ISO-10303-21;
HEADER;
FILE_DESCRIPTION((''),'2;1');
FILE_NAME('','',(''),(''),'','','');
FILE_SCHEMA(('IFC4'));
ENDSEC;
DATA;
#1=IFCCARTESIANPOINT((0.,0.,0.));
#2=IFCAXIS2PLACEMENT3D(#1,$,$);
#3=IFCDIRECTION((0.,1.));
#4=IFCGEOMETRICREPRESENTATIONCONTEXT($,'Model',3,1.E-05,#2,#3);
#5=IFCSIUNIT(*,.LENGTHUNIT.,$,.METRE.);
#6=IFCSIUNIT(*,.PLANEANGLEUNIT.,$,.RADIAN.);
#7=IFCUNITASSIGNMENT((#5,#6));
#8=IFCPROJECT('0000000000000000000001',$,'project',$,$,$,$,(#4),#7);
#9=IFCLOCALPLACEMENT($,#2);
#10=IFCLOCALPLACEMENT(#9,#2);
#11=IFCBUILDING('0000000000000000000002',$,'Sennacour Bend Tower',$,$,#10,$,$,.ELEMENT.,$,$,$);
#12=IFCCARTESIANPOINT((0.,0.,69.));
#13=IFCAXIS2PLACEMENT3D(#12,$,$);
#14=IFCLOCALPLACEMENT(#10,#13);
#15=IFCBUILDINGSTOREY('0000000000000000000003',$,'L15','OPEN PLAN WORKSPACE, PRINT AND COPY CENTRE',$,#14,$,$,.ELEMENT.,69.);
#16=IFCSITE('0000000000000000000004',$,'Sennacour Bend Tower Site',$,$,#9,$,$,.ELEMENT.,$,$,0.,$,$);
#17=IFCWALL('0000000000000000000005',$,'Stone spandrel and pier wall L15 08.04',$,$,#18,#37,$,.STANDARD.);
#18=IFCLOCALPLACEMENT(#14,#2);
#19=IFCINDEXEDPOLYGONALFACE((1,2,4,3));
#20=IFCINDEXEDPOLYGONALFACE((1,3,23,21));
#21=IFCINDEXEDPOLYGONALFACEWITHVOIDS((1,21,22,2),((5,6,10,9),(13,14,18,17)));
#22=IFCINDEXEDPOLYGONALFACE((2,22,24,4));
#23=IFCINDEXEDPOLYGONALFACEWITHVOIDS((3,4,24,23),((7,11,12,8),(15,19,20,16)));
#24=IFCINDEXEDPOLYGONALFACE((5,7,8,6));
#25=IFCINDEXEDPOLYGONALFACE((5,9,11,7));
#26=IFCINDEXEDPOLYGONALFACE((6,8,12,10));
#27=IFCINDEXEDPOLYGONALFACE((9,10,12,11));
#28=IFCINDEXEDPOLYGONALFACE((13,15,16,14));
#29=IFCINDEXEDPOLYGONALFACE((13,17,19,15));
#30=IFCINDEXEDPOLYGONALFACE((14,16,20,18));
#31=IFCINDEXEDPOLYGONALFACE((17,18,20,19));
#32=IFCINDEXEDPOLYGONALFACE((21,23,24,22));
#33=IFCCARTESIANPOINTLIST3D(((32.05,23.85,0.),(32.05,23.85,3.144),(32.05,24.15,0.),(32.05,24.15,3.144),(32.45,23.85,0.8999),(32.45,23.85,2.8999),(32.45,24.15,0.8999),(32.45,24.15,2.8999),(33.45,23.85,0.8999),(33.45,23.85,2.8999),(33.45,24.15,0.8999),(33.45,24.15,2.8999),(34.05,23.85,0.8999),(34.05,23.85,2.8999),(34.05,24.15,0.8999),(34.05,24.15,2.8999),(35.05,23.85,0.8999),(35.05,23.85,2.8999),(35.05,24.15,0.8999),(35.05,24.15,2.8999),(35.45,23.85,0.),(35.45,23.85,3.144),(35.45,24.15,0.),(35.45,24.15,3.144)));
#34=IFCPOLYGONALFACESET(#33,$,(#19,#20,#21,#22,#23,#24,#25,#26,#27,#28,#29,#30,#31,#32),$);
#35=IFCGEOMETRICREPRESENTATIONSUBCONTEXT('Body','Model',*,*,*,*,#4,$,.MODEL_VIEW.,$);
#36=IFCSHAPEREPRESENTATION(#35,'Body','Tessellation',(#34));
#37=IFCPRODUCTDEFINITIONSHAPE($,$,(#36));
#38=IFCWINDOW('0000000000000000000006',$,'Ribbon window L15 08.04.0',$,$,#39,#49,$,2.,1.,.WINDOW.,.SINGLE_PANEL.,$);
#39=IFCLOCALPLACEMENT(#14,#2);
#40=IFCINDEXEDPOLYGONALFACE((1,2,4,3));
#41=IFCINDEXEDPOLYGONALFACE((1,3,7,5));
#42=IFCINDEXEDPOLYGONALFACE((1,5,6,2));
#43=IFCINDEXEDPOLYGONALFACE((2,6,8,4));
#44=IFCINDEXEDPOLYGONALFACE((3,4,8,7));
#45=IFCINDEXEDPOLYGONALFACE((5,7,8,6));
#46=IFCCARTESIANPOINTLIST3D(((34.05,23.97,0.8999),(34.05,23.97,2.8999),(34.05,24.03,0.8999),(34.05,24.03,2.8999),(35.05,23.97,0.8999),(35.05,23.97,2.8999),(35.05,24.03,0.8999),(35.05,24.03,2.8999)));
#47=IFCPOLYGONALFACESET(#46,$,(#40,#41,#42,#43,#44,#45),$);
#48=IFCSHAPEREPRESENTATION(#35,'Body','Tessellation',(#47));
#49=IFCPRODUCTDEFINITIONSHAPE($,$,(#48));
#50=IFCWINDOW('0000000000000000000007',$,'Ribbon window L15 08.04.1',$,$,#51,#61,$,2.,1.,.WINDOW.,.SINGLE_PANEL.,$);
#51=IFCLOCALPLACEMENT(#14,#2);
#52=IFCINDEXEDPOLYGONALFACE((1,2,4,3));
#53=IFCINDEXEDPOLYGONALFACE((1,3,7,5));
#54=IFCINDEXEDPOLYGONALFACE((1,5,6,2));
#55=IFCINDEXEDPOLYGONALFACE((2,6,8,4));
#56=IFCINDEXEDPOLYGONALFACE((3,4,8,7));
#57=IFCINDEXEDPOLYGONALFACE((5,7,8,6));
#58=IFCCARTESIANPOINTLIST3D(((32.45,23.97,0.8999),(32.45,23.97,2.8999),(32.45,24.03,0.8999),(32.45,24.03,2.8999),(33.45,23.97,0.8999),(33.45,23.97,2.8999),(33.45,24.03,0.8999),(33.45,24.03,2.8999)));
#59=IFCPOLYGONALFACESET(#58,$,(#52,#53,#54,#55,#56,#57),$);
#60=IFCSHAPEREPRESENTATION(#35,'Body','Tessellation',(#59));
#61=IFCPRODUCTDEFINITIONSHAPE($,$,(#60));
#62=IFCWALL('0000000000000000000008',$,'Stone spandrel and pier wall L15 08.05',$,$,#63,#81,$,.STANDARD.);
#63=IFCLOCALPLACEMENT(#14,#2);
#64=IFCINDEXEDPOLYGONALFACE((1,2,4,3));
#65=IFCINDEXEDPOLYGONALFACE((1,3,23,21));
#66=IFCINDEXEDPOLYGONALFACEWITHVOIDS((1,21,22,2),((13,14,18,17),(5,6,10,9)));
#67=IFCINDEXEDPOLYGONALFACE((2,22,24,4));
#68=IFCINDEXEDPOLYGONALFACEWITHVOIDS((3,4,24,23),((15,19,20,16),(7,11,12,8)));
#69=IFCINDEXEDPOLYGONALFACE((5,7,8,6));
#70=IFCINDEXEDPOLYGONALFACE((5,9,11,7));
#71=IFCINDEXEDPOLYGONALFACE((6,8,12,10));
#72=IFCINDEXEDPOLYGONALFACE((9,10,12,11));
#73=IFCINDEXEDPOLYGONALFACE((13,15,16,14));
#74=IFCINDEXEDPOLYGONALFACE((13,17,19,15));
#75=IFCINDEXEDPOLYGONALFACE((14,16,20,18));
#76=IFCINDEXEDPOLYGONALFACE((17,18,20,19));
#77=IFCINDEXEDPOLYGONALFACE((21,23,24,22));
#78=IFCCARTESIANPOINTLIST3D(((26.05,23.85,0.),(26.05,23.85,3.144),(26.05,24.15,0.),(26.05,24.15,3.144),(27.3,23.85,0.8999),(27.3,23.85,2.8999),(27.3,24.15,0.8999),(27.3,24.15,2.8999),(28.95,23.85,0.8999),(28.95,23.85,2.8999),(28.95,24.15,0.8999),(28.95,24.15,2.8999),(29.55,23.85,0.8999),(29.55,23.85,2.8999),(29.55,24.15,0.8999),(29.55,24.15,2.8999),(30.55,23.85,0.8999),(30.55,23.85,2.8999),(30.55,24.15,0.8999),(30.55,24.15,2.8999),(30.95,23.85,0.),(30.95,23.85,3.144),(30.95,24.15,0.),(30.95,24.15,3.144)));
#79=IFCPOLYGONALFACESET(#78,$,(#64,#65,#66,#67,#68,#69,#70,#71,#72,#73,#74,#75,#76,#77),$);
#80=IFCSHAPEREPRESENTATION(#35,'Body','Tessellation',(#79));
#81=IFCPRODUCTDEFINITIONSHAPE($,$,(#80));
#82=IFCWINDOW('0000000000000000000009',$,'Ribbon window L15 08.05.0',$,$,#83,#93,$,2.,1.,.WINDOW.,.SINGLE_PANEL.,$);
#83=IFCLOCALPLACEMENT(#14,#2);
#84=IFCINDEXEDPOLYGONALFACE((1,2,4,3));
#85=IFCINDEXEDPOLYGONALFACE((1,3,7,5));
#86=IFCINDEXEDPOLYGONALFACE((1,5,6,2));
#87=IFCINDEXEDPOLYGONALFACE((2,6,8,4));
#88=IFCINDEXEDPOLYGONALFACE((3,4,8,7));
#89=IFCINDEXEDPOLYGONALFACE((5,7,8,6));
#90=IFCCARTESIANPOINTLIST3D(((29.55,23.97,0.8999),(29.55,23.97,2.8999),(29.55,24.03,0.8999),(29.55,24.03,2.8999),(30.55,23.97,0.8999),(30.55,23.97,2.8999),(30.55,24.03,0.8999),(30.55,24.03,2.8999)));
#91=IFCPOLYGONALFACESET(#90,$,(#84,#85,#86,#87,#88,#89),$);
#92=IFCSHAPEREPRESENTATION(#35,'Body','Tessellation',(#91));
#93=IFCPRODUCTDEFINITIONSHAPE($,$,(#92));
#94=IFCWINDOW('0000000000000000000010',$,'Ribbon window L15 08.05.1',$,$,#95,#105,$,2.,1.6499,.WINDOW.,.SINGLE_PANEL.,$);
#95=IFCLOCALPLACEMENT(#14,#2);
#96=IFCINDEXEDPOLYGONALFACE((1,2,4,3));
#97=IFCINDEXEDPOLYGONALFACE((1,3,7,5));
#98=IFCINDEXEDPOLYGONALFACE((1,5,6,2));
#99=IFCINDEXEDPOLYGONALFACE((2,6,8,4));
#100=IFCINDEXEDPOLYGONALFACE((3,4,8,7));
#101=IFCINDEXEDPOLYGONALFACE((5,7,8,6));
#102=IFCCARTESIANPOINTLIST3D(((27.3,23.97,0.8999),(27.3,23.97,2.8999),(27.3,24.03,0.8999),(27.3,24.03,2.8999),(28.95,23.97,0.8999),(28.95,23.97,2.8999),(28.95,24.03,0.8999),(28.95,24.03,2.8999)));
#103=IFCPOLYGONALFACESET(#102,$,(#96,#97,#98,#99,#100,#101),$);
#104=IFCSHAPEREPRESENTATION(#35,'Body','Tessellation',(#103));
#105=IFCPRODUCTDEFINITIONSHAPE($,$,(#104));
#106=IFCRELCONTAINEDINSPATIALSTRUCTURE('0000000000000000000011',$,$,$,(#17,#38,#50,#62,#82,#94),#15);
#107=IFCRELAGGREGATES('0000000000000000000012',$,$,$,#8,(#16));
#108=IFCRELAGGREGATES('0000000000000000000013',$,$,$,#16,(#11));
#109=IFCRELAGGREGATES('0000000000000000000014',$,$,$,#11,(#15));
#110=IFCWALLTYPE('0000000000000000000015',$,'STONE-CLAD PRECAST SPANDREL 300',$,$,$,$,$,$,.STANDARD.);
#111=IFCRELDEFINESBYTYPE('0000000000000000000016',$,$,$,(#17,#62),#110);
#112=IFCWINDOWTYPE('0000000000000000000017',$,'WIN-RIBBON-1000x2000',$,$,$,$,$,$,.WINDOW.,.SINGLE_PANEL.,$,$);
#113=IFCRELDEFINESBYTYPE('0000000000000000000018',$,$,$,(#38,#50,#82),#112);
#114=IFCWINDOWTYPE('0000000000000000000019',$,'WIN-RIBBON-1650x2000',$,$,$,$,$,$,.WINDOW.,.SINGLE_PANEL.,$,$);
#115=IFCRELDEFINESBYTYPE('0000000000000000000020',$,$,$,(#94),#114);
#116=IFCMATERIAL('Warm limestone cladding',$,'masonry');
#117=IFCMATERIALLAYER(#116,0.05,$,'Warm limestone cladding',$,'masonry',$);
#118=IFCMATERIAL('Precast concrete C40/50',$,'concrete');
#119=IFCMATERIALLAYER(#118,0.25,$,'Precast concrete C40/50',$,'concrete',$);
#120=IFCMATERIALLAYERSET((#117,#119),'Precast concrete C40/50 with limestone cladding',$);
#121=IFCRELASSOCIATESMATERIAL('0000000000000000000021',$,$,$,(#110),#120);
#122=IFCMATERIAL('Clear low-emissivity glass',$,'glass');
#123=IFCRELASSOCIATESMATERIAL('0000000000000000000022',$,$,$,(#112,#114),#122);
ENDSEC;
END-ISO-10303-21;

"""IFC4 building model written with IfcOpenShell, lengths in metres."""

from ifc_helpers import new_model, si_unit, direction, frame, frame_2d, origin, place, context, subcontext, project, spatial, rectangle, extrude, material, layer, layer_set, type_object, element, fill, save


model = new_model("IFC4")

# Units and contexts
model_context = context("Model", 3, precision=1e-05, world=origin(), true_north=direction((0.0, 1.0)))
body_context = subcontext(model_context, "Body", "Model", "MODEL_VIEW")
ifc_project = project(units=[si_unit("LENGTHUNIT", "METRE"), si_unit("PLANEANGLEUNIT", "RADIAN")], contexts=[model_context])

# Site, building, storey
site_placement = place(None, origin())
site = spatial("IfcSite", under=ifc_project, at=site_placement, Name="Sennacour Bend Tower Site", CompositionType="ELEMENT", RefElevation=0.0)
building_placement = place(site_placement, origin())
building = spatial("IfcBuilding", under=site, at=building_placement, Name="Sennacour Bend Tower", CompositionType="ELEMENT")
storey_placement = place(building_placement, frame((0.0, 0.0, 69.0)))
storey = spatial("IfcBuildingStorey", under=building, at=storey_placement, Name="L15", Description="OPEN PLAN WORKSPACE, PRINT AND COPY CENTRE", CompositionType="ELEMENT", Elevation=69.0)

# Walls, openings, windows
ifc_material_1 = material(Name="Warm limestone cladding", Category="masonry")
ifc_layer_1 = layer(ifc_material_1, 0.05, Name="Warm limestone cladding", Category="masonry")
ifc_material_2 = material(Name="Precast concrete C40/50", Category="concrete")
ifc_layer_2 = layer(ifc_material_2, 0.25, Name="Precast concrete C40/50", Category="concrete")
ifc_layer_set_1 = layer_set([ifc_layer_1, ifc_layer_2], Name="Precast concrete C40/50 with limestone cladding")
wall_type_1 = type_object("IfcWallType", Name="STONE-CLAD PRECAST SPANDREL 300", PredefinedType="STANDARD", material=ifc_layer_set_1)
wall_1_placement = place(storey_placement, frame((35.45, 24.0, 0.0), z_axis=(0.0, 0.0, 1.0), x_axis=(-1.0, 0.0, 0.0)))
wall_1 = element("IfcWall", 1, at=wall_1_placement, inside=storey, type_object=wall_type_1, Name="Stone spandrel and pier wall L15 08.04", PredefinedType="STANDARD", context=body_context, shape_type="SweptSolid", body=[
    extrude(rectangle(XDim=3.3999, YDim=0.3, at=frame_2d((1.7, 0.0))), origin(), (0.0, 0.0, 1.0), 3.144),
])
opening_1_placement = place(wall_1_placement, frame((0.3999, 0.0, 0.8999)))
opening_1 = element("IfcOpeningElement", 2, at=opening_1_placement, cuts=wall_1, PredefinedType="OPENING", context=body_context, shape_type="SweptSolid", body=[
    extrude(rectangle(XDim=1.0, YDim=2.0, at=frame_2d((0.5, 1.0))), frame((0.0, 0.1602, 0.0), z_axis=(0.0, -1.0, 0.0), x_axis=(1.0, 0.0, 0.0)), (0.0, 0.0, 1.0), 0.3201),
])
opening_2_placement = place(wall_1_placement, frame((2.0, 0.0, 0.8999)))
opening_2 = element("IfcOpeningElement", 3, at=opening_2_placement, cuts=wall_1, PredefinedType="OPENING", context=body_context, shape_type="SweptSolid", body=[
    extrude(rectangle(XDim=1.0, YDim=2.0, at=frame_2d((0.5, 1.0))), frame((0.0, 0.1602, 0.0), z_axis=(0.0, -1.0, 0.0), x_axis=(1.0, 0.0, 0.0)), (0.0, 0.0, 1.0), 0.3201),
])
ifc_material_3 = material(Name="Clear low-emissivity glass", Category="glass")
window_type_1 = type_object("IfcWindowType", Name="WIN-RIBBON-1000x2000", PartitioningType="SINGLE_PANEL", PredefinedType="WINDOW", material=ifc_material_3)
window_1_placement = place(opening_1_placement, origin())
window_1 = element("IfcWindow", 4, at=window_1_placement, inside=storey, type_object=window_type_1, Name="Ribbon window L15 08.04.0", OverallHeight=2.0, OverallWidth=1.0, PartitioningType="SINGLE_PANEL", PredefinedType="WINDOW", context=body_context, shape_type="SweptSolid", body=[
    extrude(rectangle(XDim=1.0, YDim=2.0, at=frame_2d((0.5, 1.0))), frame((0.0, 0.03, 0.0), z_axis=(0.0, -1.0, 0.0), x_axis=(1.0, 0.0, 0.0)), (0.0, 0.0, 1.0), 0.0601),
])
fill(opening_1, window_1)
window_2_placement = place(opening_2_placement, origin())
window_2 = element("IfcWindow", 5, at=window_2_placement, inside=storey, type_object=window_type_1, Name="Ribbon window L15 08.04.1", OverallHeight=2.0, OverallWidth=1.0, PartitioningType="SINGLE_PANEL", PredefinedType="WINDOW", context=body_context, shape_type="SweptSolid", body=[
    extrude(rectangle(XDim=1.0, YDim=2.0, at=frame_2d((0.5, 1.0))), frame((0.0, 0.03, 0.0), z_axis=(0.0, -1.0, 0.0), x_axis=(1.0, 0.0, 0.0)), (0.0, 0.0, 1.0), 0.0601),
])
fill(opening_2, window_2)
wall_2_placement = place(storey_placement, frame((30.95, 24.0, 0.0), z_axis=(0.0, 0.0, 1.0), x_axis=(-1.0, 0.0, 0.0)))
wall_2 = element("IfcWall", 6, at=wall_2_placement, inside=storey, type_object=wall_type_1, Name="Stone spandrel and pier wall L15 08.05", PredefinedType="STANDARD", context=body_context, shape_type="SweptSolid", body=[
    extrude(rectangle(XDim=4.8999, YDim=0.3, at=frame_2d((2.45, 0.0))), origin(), (0.0, 0.0, 1.0), 3.144),
])
opening_3_placement = place(wall_2_placement, frame((0.3999, 0.0, 0.8999)))
opening_3 = element("IfcOpeningElement", 7, at=opening_3_placement, cuts=wall_2, PredefinedType="OPENING", context=body_context, shape_type="SweptSolid", body=[
    extrude(rectangle(XDim=1.0, YDim=2.0, at=frame_2d((0.5, 1.0))), frame((0.0, 0.1602, 0.0), z_axis=(0.0, -1.0, 0.0), x_axis=(1.0, 0.0, 0.0)), (0.0, 0.0, 1.0), 0.3201),
])
opening_4_placement = place(wall_2_placement, frame((2.0, 0.0, 0.8999)))
opening_4 = element("IfcOpeningElement", 8, at=opening_4_placement, cuts=wall_2, PredefinedType="OPENING", context=body_context, shape_type="SweptSolid", body=[
    extrude(rectangle(XDim=1.6499, YDim=2.0, at=frame_2d((0.825, 1.0))), frame((0.0, 0.1602, 0.0), z_axis=(0.0, -1.0, 0.0), x_axis=(1.0, 0.0, 0.0)), (0.0, 0.0, 1.0), 0.3201),
])
window_3_placement = place(opening_3_placement, origin())
window_3 = element("IfcWindow", 9, at=window_3_placement, inside=storey, type_object=window_type_1, Name="Ribbon window L15 08.05.0", OverallHeight=2.0, OverallWidth=1.0, PartitioningType="SINGLE_PANEL", PredefinedType="WINDOW", context=body_context, shape_type="SweptSolid", body=[
    extrude(rectangle(XDim=1.0, YDim=2.0, at=frame_2d((0.5, 1.0))), frame((0.0, 0.03, 0.0), z_axis=(0.0, -1.0, 0.0), x_axis=(1.0, 0.0, 0.0)), (0.0, 0.0, 1.0), 0.0601),
])
fill(opening_3, window_3)
window_type_2 = type_object("IfcWindowType", Name="WIN-RIBBON-1650x2000", PartitioningType="SINGLE_PANEL", PredefinedType="WINDOW", material=ifc_material_3)
window_4_placement = place(opening_4_placement, origin())
window_4 = element("IfcWindow", 10, at=window_4_placement, inside=storey, type_object=window_type_2, Name="Ribbon window L15 08.05.1", OverallHeight=2.0, OverallWidth=1.6499, PartitioningType="SINGLE_PANEL", PredefinedType="WINDOW", context=body_context, shape_type="SweptSolid", body=[
    extrude(rectangle(XDim=1.6499, YDim=2.0, at=frame_2d((0.825, 1.0))), frame((0.0, 0.03, 0.0), z_axis=(0.0, -1.0, 0.0), x_axis=(1.0, 0.0, 0.0)), (0.0, 0.0, 1.0), 0.0601),
])
fill(opening_4, window_4)

save(model, "model.ifc")
